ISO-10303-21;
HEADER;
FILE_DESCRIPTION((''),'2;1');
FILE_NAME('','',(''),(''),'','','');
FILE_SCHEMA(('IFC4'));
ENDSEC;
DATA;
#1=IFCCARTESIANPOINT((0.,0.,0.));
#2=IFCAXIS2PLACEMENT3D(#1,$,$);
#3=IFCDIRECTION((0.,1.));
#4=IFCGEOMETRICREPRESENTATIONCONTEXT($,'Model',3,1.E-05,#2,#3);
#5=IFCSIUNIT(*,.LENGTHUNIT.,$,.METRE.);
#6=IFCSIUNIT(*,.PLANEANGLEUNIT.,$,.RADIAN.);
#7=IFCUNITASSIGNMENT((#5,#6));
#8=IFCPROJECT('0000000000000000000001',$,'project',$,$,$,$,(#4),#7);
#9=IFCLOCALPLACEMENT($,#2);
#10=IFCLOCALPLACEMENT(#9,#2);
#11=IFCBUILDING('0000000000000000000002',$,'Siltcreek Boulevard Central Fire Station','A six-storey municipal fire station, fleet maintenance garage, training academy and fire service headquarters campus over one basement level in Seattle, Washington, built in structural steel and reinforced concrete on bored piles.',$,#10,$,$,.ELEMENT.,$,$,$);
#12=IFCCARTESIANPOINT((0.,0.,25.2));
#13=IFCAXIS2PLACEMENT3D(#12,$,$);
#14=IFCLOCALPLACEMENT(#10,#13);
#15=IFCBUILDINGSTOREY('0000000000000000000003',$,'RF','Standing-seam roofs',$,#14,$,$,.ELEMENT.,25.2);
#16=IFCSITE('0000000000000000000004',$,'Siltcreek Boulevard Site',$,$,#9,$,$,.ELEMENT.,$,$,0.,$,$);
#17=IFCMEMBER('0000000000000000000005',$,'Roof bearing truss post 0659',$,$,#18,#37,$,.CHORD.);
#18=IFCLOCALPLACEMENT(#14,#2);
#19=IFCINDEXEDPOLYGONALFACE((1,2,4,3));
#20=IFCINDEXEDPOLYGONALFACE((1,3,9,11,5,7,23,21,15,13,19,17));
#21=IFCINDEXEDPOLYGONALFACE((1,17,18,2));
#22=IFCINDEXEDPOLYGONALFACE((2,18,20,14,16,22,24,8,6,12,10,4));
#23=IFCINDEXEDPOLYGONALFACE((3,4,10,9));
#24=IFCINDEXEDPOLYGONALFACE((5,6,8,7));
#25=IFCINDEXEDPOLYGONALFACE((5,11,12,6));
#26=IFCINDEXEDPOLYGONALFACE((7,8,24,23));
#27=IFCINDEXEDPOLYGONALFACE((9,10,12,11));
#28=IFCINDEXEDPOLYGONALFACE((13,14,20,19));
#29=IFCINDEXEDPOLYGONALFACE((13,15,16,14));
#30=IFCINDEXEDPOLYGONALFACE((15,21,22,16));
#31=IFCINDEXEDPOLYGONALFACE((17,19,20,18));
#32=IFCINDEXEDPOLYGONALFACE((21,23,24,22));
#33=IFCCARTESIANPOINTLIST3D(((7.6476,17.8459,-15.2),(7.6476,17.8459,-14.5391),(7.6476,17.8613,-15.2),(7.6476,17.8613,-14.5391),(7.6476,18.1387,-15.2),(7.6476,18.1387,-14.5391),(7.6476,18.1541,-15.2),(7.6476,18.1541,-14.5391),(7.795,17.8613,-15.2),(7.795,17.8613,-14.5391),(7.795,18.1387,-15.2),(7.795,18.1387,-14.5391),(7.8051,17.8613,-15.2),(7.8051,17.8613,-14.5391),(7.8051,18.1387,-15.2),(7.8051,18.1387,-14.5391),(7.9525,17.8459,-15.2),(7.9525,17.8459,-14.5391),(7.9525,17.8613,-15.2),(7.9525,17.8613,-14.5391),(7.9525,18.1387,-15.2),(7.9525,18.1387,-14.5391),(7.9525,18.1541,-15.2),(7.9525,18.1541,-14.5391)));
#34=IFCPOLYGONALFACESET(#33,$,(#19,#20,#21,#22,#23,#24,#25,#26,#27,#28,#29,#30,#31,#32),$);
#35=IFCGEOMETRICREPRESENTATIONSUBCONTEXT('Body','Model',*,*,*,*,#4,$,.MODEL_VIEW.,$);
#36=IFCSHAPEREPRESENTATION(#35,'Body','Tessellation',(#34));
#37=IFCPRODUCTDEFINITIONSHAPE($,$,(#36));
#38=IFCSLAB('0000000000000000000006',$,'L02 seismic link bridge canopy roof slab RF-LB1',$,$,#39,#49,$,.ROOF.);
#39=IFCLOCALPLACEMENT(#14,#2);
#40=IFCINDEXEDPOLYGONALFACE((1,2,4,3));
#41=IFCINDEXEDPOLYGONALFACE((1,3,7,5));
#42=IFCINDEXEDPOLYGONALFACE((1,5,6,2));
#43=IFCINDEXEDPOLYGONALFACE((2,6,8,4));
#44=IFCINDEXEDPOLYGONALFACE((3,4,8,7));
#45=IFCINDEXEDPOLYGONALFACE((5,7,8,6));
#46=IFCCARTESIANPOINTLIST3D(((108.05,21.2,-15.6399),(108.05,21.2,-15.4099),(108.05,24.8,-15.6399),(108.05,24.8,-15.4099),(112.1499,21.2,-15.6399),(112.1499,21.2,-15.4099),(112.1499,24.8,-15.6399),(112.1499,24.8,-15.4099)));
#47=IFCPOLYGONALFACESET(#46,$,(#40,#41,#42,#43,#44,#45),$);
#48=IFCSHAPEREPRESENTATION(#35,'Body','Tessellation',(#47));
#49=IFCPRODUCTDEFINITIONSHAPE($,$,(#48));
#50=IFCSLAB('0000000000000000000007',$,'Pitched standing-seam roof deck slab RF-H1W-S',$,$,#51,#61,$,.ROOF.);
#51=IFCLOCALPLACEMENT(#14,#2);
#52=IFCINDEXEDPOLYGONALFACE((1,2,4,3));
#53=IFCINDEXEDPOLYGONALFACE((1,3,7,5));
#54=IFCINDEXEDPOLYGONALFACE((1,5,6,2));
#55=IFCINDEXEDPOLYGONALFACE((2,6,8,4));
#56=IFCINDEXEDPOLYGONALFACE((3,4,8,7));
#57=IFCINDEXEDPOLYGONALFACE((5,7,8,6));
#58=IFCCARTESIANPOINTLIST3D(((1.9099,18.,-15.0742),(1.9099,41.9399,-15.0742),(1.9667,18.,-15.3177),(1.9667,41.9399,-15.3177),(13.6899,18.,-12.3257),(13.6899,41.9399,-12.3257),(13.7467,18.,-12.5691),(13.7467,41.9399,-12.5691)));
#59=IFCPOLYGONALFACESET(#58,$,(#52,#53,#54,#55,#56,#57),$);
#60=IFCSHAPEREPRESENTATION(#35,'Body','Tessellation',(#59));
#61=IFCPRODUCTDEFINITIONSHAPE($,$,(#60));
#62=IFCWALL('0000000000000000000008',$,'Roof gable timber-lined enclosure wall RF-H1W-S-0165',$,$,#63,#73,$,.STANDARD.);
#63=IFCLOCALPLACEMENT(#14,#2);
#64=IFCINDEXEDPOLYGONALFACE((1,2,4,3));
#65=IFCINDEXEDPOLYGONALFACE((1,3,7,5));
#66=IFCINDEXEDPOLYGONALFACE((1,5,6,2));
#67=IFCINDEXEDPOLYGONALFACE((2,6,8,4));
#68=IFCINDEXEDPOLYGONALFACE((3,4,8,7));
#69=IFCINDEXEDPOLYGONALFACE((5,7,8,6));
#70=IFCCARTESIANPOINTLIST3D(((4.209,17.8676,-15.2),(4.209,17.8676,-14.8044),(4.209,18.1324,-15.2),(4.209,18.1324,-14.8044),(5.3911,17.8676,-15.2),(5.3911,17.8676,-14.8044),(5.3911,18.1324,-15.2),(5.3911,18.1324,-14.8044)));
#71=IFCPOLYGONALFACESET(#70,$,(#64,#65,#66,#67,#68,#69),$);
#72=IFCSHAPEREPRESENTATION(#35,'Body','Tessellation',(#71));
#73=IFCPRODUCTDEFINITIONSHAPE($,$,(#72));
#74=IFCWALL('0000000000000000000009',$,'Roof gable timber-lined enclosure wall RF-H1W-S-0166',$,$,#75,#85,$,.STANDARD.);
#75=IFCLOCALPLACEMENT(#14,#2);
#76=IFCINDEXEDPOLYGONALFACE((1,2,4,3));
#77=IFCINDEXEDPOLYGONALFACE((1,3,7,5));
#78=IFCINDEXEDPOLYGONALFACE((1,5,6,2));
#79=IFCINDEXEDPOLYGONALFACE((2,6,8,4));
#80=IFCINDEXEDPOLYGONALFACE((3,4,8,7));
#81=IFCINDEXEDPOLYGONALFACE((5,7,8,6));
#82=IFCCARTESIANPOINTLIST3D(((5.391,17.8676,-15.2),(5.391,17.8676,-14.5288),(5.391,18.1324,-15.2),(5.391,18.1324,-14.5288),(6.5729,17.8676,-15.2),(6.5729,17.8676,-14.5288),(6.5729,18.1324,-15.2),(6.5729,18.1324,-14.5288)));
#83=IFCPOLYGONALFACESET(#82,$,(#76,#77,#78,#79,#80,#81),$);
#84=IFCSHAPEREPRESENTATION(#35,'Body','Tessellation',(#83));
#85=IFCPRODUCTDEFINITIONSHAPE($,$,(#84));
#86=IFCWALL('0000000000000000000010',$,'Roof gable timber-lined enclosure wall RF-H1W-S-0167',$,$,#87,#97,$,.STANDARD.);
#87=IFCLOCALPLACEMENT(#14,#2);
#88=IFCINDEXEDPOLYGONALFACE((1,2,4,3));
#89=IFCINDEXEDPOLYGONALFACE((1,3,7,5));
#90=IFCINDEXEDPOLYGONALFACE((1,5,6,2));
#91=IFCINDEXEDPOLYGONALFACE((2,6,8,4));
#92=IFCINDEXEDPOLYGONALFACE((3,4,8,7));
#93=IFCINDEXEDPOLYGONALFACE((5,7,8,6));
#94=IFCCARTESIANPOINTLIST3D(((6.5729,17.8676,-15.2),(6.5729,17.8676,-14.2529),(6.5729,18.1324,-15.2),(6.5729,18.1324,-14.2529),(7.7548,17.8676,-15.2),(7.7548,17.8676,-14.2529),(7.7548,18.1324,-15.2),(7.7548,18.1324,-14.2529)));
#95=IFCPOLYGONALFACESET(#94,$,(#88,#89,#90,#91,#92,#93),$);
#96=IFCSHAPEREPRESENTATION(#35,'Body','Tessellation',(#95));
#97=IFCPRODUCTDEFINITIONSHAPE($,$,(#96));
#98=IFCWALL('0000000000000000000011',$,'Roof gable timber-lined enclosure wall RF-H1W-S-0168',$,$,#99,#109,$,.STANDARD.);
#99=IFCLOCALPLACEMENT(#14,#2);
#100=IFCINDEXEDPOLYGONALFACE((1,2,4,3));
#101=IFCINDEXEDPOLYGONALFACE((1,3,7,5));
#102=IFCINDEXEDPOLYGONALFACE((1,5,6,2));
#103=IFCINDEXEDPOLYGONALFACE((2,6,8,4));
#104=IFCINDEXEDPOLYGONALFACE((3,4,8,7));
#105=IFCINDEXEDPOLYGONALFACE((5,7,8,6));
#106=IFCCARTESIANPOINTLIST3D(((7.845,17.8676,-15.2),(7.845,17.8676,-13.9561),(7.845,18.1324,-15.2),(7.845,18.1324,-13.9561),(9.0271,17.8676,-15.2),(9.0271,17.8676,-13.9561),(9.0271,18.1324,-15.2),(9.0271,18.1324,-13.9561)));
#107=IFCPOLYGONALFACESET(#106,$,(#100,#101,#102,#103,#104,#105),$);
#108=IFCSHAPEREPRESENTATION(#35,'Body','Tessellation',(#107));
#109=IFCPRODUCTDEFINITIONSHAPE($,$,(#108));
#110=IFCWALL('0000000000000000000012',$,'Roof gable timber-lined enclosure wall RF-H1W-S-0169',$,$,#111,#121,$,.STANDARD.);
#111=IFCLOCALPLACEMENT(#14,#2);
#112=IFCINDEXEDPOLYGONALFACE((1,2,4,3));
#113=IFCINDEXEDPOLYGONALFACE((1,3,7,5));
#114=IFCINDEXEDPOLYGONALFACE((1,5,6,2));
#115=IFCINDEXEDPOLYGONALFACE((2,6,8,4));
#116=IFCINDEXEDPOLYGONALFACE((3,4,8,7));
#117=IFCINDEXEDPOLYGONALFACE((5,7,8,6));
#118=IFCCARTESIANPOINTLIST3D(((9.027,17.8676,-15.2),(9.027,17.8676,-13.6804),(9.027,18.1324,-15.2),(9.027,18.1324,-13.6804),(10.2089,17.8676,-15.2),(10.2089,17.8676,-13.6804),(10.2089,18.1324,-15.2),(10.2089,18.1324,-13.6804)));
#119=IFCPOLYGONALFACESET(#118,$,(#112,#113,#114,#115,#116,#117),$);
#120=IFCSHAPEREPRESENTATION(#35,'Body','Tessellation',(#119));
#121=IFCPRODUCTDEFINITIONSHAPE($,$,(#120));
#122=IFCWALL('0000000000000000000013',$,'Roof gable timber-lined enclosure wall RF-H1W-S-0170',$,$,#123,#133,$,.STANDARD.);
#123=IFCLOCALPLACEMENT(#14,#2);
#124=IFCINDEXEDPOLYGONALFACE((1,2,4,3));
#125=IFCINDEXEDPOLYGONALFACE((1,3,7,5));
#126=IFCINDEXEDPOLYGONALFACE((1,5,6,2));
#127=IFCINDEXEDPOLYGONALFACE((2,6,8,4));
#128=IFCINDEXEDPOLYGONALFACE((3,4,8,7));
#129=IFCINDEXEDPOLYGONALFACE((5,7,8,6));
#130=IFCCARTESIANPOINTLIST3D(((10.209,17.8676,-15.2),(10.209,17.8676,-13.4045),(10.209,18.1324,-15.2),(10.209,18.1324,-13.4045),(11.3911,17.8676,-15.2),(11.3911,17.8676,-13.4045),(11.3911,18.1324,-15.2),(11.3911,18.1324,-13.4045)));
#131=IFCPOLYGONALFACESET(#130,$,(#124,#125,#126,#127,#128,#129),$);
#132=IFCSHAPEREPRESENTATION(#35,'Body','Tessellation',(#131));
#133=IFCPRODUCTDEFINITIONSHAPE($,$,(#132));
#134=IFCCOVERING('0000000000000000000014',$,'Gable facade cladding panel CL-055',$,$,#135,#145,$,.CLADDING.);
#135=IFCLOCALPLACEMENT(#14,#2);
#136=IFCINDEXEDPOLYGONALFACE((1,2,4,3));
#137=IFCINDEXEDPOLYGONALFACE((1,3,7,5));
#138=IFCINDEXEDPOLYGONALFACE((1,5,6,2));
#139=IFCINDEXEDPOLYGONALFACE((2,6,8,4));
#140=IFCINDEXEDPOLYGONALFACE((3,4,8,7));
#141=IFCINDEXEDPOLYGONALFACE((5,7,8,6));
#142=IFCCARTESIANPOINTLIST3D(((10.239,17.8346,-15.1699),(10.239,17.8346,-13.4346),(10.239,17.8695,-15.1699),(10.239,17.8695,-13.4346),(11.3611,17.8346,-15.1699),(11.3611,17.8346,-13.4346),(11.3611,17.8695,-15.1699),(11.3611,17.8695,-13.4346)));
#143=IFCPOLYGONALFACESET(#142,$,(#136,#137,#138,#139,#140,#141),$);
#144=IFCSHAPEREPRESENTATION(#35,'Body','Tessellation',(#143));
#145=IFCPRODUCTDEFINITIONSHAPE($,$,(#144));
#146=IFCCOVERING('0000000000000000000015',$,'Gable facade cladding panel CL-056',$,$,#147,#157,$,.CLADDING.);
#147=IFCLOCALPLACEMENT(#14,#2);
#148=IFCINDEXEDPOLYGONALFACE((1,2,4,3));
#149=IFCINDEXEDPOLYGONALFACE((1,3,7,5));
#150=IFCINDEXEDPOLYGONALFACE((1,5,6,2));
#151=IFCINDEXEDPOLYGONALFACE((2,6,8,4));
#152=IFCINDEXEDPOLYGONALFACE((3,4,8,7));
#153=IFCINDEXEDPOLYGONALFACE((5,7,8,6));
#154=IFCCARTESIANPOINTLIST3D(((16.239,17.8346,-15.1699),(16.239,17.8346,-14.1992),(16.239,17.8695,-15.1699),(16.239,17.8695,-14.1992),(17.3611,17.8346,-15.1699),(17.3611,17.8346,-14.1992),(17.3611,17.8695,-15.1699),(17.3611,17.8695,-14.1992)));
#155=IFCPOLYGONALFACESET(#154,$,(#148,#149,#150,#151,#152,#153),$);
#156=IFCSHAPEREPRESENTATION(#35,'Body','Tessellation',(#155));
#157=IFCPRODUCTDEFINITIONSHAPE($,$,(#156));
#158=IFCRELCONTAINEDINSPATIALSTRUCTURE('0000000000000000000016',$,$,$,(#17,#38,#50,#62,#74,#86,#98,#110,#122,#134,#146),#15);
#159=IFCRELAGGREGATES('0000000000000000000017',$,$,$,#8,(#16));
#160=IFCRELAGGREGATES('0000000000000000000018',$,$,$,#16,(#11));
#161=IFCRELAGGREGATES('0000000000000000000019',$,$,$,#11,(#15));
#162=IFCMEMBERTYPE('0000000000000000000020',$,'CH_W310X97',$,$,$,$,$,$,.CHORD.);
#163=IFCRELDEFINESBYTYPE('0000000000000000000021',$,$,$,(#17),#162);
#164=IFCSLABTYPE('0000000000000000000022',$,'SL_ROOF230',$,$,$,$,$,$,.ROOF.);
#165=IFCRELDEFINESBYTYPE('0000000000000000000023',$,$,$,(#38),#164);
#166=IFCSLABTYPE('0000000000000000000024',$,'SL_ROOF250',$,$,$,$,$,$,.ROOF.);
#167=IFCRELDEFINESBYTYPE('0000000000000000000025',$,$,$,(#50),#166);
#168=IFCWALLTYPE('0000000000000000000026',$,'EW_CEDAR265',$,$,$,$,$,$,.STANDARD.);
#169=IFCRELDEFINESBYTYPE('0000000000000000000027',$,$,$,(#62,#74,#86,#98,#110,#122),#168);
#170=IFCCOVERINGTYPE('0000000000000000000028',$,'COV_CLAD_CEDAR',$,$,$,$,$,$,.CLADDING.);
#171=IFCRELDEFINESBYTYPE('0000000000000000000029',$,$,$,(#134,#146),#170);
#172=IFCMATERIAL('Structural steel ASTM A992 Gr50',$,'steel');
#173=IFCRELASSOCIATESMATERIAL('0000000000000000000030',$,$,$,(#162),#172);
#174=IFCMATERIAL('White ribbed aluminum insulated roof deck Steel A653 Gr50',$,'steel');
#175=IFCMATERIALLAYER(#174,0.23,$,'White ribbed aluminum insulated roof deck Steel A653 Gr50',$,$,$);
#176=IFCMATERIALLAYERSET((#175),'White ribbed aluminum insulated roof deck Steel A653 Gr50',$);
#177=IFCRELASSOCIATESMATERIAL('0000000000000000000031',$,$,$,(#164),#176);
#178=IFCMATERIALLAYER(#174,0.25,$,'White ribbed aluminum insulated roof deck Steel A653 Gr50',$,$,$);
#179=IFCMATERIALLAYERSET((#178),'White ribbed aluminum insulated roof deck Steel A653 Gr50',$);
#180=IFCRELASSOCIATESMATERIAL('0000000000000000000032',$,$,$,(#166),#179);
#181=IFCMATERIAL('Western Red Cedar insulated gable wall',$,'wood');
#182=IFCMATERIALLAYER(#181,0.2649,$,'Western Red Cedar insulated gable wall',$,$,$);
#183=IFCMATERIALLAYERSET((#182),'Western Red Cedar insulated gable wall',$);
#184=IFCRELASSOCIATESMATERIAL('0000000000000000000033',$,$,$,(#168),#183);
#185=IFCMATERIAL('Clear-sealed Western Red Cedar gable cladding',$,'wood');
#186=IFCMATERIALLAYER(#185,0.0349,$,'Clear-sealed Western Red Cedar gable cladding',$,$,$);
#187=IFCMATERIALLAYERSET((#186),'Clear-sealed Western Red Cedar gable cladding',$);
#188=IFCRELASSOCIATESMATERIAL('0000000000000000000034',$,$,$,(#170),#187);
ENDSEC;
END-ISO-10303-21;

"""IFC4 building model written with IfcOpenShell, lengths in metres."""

from ifc_helpers import new_model, si_unit, direction, frame, frame_2d, origin, origin_2d, place, context, subcontext, project, spatial, polyline, rectangle, i_section, outline, extrude, material, layer, layer_set, material_profile, profile_set, type_object, element, save


model = new_model("IFC4")

# Units and contexts
model_context = context("Model", 3, precision=1e-05, world=origin(), true_north=direction((0.0, 1.0)))
body_context = subcontext(model_context, "Body", "Model", "MODEL_VIEW")
ifc_project = project(units=[si_unit("LENGTHUNIT", "METRE"), si_unit("PLANEANGLEUNIT", "RADIAN")], contexts=[model_context])

# Site, building, storey
site_placement = place(None, origin())
site = spatial("IfcSite", under=ifc_project, at=site_placement, Name="Siltcreek Boulevard Site", CompositionType="ELEMENT", RefElevation=0.0)
building_placement = place(site_placement, origin())
building = spatial("IfcBuilding", under=site, at=building_placement, Name="Siltcreek Boulevard Central Fire Station", Description="A six-storey municipal fire station, fleet maintenance garage, training academy and fire service headquarters campus over one basement level in Seattle, Washington, built in structural steel and reinforced concrete on bored piles.", CompositionType="ELEMENT")
storey_placement = place(building_placement, frame((0.0, 0.0, 25.2)))
storey = spatial("IfcBuildingStorey", under=building, at=storey_placement, Name="RF", Description="Standing-seam roofs", CompositionType="ELEMENT", Elevation=25.2)

# Member
ifc_material_1 = material(Name="Structural steel ASTM A992 Gr50", Category="steel")
ifc_material_profile = material_profile(ifc_material_1, i_section(OverallWidth=0.3049, OverallDepth=0.3081, WebThickness=0.01, FlangeThickness=0.0154, at=origin_2d()), Name="W310X97")
ifc_profile_set = profile_set([ifc_material_profile], Name="Structural steel ASTM A992 Gr50")
member_type = type_object("IfcMemberType", Name="CH_W310X97", PredefinedType="CHORD", material=ifc_profile_set)
member_placement = place(storey_placement, frame((7.8, 18.0, -15.2), z_axis=(0.0, 0.0, 1.0), x_axis=(1.0, 0.0, 0.0)))
element("IfcMember", 1, at=member_placement, inside=storey, type_object=member_type, Name="Roof bearing truss post 0659", PredefinedType="CHORD", context=body_context, shape_type="SweptSolid", body=[
    extrude(i_section(OverallWidth=0.3049, OverallDepth=0.3081, WebThickness=0.01, FlangeThickness=0.0154, at=origin_2d()), origin(), (0.0, 0.0, 1.0), 0.6609),
])

# Slabs
ifc_material_2 = material(Name="White ribbed aluminum insulated roof deck Steel A653 Gr50", Category="steel")
ifc_layer_1 = layer(ifc_material_2, 0.23, Name="White ribbed aluminum insulated roof deck Steel A653 Gr50")
ifc_layer_set_1 = layer_set([ifc_layer_1], Name="White ribbed aluminum insulated roof deck Steel A653 Gr50")
slab_type_1 = type_object("IfcSlabType", Name="SL_ROOF230", PredefinedType="ROOF", material=ifc_layer_set_1)
slab_1_placement = place(storey_placement, frame((0.0, 0.0, -15.6399)))
element("IfcSlab", 2, at=slab_1_placement, inside=storey, type_object=slab_type_1, Name="L02 seismic link bridge canopy roof slab RF-LB1", PredefinedType="ROOF", context=body_context, shape_type="SweptSolid", body=[
    extrude(outline(polyline([(108.05, 21.2), (112.1499, 21.2), (112.1499, 24.8), (108.05, 24.8), (108.05, 21.2)])), origin(), (0.0, 0.0, 1.0), 0.23),
])
ifc_layer_2 = layer(ifc_material_2, 0.25, Name="White ribbed aluminum insulated roof deck Steel A653 Gr50")
ifc_layer_set_2 = layer_set([ifc_layer_2], Name="White ribbed aluminum insulated roof deck Steel A653 Gr50")
slab_type_2 = type_object("IfcSlabType", Name="SL_ROOF250", PredefinedType="ROOF", material=ifc_layer_set_2)
slab_2_placement = place(storey_placement, frame((1.9099, 18.0, -15.0742), z_axis=(-0.227219, 0.0, 0.973844), x_axis=(0.973844, 0.0, 0.227219)))
element("IfcSlab", 3, at=slab_2_placement, inside=storey, type_object=slab_type_2, Name="Pitched standing-seam roof deck slab RF-H1W-S", PredefinedType="ROOF", context=body_context, shape_type="SweptSolid", body=[
    extrude(outline(polyline([(0.0, 0.0), (12.0964, 0.0), (12.0964, 23.9399), (0.0, 23.9399), (0.0, 0.0)])), origin(), (0.0, 0.0, -1.0), 0.25),
])

# Walls
ifc_material_3 = material(Name="Western Red Cedar insulated gable wall", Category="wood")
ifc_layer_3 = layer(ifc_material_3, 0.2649, Name="Western Red Cedar insulated gable wall")
ifc_layer_set_3 = layer_set([ifc_layer_3], Name="Western Red Cedar insulated gable wall")
wall_type = type_object("IfcWallType", Name="EW_CEDAR265", PredefinedType="STANDARD", material=ifc_layer_set_3)
wall_1_placement = place(storey_placement, frame((4.209, 18.0, -15.2), z_axis=(0.0, 0.0, 1.0), x_axis=(1.0, 0.0, 0.0)))
element("IfcWall", 4, at=wall_1_placement, inside=storey, type_object=wall_type, Name="Roof gable timber-lined enclosure wall RF-H1W-S-0165", PredefinedType="STANDARD", context=body_context, shape_type="SweptSolid", body=[
    extrude(rectangle(XDim=1.1821, YDim=0.2649, at=frame_2d((0.5911, 0.0))), origin(), (0.0, 0.0, 1.0), 0.3955),
])
wall_2_placement = place(storey_placement, frame((5.3911, 18.0, -15.2), z_axis=(0.0, 0.0, 1.0), x_axis=(1.0, 0.0, 0.0)))
element("IfcWall", 5, at=wall_2_placement, inside=storey, type_object=wall_type, Name="Roof gable timber-lined enclosure wall RF-H1W-S-0166", PredefinedType="STANDARD", context=body_context, shape_type="SweptSolid", body=[
    extrude(rectangle(XDim=1.1819, YDim=0.2649, at=frame_2d((0.5908, 0.0))), origin(), (0.0, 0.0, 1.0), 0.6711),
])
wall_3_placement = place(storey_placement, frame((6.573, 18.0, -15.2), z_axis=(0.0, 0.0, 1.0), x_axis=(1.0, 0.0, 0.0)))
element("IfcWall", 6, at=wall_3_placement, inside=storey, type_object=wall_type, Name="Roof gable timber-lined enclosure wall RF-H1W-S-0167", PredefinedType="STANDARD", context=body_context, shape_type="SweptSolid", body=[
    extrude(rectangle(XDim=1.1819, YDim=0.2649, at=frame_2d((0.5908, 0.0))), origin(), (0.0, 0.0, 1.0), 0.947),
])
wall_4_placement = place(storey_placement, frame((7.845, 18.0, -15.2), z_axis=(0.0, 0.0, 1.0), x_axis=(1.0, 0.0, 0.0)))
element("IfcWall", 7, at=wall_4_placement, inside=storey, type_object=wall_type, Name="Roof gable timber-lined enclosure wall RF-H1W-S-0168", PredefinedType="STANDARD", context=body_context, shape_type="SweptSolid", body=[
    extrude(rectangle(XDim=1.1821, YDim=0.2649, at=frame_2d((0.5911, 0.0))), origin(), (0.0, 0.0, 1.0), 1.2439),
])
wall_5_placement = place(storey_placement, frame((9.0271, 18.0, -15.2), z_axis=(0.0, 0.0, 1.0), x_axis=(1.0, 0.0, 0.0)))
element("IfcWall", 8, at=wall_5_placement, inside=storey, type_object=wall_type, Name="Roof gable timber-lined enclosure wall RF-H1W-S-0169", PredefinedType="STANDARD", context=body_context, shape_type="SweptSolid", body=[
    extrude(rectangle(XDim=1.1819, YDim=0.2649, at=frame_2d((0.5908, 0.0))), origin(), (0.0, 0.0, 1.0), 1.5195),
])
wall_6_placement = place(storey_placement, frame((10.209, 18.0, -15.2), z_axis=(0.0, 0.0, 1.0), x_axis=(1.0, 0.0, 0.0)))
element("IfcWall", 9, at=wall_6_placement, inside=storey, type_object=wall_type, Name="Roof gable timber-lined enclosure wall RF-H1W-S-0170", PredefinedType="STANDARD", context=body_context, shape_type="SweptSolid", body=[
    extrude(rectangle(XDim=1.1821, YDim=0.2649, at=frame_2d((0.5911, 0.0))), origin(), (0.0, 0.0, 1.0), 1.7954),
])

# Coverings
ifc_material_4 = material(Name="Clear-sealed Western Red Cedar gable cladding", Category="wood")
ifc_layer_4 = layer(ifc_material_4, 0.0349, Name="Clear-sealed Western Red Cedar gable cladding")
ifc_layer_set_4 = layer_set([ifc_layer_4], Name="Clear-sealed Western Red Cedar gable cladding")
covering_type = type_object("IfcCoveringType", Name="COV_CLAD_CEDAR", PredefinedType="CLADDING", material=ifc_layer_set_4)
covering_1_placement = place(storey_placement, frame((10.8, 17.8521, -15.1699), z_axis=(0.0, 0.0, 1.0), x_axis=(1.0, 0.0, 0.0)))
element("IfcCovering", 10, at=covering_1_placement, inside=storey, type_object=covering_type, Name="Gable facade cladding panel CL-055", PredefinedType="CLADDING", context=body_context, shape_type="SweptSolid", body=[
    extrude(rectangle(XDim=1.1221, YDim=0.0349, at=origin_2d()), origin(), (0.0, 0.0, 1.0), 1.7354),
])
covering_2_placement = place(storey_placement, frame((16.8, 17.8521, -15.1699), z_axis=(0.0, 0.0, 1.0), x_axis=(1.0, 0.0, 0.0)))
element("IfcCovering", 11, at=covering_2_placement, inside=storey, type_object=covering_type, Name="Gable facade cladding panel CL-056", PredefinedType="CLADDING", context=body_context, shape_type="SweptSolid", body=[
    extrude(rectangle(XDim=1.1221, YDim=0.0349, at=origin_2d()), origin(), (0.0, 0.0, 1.0), 0.9707),
])

save(model, "model.ifc")
